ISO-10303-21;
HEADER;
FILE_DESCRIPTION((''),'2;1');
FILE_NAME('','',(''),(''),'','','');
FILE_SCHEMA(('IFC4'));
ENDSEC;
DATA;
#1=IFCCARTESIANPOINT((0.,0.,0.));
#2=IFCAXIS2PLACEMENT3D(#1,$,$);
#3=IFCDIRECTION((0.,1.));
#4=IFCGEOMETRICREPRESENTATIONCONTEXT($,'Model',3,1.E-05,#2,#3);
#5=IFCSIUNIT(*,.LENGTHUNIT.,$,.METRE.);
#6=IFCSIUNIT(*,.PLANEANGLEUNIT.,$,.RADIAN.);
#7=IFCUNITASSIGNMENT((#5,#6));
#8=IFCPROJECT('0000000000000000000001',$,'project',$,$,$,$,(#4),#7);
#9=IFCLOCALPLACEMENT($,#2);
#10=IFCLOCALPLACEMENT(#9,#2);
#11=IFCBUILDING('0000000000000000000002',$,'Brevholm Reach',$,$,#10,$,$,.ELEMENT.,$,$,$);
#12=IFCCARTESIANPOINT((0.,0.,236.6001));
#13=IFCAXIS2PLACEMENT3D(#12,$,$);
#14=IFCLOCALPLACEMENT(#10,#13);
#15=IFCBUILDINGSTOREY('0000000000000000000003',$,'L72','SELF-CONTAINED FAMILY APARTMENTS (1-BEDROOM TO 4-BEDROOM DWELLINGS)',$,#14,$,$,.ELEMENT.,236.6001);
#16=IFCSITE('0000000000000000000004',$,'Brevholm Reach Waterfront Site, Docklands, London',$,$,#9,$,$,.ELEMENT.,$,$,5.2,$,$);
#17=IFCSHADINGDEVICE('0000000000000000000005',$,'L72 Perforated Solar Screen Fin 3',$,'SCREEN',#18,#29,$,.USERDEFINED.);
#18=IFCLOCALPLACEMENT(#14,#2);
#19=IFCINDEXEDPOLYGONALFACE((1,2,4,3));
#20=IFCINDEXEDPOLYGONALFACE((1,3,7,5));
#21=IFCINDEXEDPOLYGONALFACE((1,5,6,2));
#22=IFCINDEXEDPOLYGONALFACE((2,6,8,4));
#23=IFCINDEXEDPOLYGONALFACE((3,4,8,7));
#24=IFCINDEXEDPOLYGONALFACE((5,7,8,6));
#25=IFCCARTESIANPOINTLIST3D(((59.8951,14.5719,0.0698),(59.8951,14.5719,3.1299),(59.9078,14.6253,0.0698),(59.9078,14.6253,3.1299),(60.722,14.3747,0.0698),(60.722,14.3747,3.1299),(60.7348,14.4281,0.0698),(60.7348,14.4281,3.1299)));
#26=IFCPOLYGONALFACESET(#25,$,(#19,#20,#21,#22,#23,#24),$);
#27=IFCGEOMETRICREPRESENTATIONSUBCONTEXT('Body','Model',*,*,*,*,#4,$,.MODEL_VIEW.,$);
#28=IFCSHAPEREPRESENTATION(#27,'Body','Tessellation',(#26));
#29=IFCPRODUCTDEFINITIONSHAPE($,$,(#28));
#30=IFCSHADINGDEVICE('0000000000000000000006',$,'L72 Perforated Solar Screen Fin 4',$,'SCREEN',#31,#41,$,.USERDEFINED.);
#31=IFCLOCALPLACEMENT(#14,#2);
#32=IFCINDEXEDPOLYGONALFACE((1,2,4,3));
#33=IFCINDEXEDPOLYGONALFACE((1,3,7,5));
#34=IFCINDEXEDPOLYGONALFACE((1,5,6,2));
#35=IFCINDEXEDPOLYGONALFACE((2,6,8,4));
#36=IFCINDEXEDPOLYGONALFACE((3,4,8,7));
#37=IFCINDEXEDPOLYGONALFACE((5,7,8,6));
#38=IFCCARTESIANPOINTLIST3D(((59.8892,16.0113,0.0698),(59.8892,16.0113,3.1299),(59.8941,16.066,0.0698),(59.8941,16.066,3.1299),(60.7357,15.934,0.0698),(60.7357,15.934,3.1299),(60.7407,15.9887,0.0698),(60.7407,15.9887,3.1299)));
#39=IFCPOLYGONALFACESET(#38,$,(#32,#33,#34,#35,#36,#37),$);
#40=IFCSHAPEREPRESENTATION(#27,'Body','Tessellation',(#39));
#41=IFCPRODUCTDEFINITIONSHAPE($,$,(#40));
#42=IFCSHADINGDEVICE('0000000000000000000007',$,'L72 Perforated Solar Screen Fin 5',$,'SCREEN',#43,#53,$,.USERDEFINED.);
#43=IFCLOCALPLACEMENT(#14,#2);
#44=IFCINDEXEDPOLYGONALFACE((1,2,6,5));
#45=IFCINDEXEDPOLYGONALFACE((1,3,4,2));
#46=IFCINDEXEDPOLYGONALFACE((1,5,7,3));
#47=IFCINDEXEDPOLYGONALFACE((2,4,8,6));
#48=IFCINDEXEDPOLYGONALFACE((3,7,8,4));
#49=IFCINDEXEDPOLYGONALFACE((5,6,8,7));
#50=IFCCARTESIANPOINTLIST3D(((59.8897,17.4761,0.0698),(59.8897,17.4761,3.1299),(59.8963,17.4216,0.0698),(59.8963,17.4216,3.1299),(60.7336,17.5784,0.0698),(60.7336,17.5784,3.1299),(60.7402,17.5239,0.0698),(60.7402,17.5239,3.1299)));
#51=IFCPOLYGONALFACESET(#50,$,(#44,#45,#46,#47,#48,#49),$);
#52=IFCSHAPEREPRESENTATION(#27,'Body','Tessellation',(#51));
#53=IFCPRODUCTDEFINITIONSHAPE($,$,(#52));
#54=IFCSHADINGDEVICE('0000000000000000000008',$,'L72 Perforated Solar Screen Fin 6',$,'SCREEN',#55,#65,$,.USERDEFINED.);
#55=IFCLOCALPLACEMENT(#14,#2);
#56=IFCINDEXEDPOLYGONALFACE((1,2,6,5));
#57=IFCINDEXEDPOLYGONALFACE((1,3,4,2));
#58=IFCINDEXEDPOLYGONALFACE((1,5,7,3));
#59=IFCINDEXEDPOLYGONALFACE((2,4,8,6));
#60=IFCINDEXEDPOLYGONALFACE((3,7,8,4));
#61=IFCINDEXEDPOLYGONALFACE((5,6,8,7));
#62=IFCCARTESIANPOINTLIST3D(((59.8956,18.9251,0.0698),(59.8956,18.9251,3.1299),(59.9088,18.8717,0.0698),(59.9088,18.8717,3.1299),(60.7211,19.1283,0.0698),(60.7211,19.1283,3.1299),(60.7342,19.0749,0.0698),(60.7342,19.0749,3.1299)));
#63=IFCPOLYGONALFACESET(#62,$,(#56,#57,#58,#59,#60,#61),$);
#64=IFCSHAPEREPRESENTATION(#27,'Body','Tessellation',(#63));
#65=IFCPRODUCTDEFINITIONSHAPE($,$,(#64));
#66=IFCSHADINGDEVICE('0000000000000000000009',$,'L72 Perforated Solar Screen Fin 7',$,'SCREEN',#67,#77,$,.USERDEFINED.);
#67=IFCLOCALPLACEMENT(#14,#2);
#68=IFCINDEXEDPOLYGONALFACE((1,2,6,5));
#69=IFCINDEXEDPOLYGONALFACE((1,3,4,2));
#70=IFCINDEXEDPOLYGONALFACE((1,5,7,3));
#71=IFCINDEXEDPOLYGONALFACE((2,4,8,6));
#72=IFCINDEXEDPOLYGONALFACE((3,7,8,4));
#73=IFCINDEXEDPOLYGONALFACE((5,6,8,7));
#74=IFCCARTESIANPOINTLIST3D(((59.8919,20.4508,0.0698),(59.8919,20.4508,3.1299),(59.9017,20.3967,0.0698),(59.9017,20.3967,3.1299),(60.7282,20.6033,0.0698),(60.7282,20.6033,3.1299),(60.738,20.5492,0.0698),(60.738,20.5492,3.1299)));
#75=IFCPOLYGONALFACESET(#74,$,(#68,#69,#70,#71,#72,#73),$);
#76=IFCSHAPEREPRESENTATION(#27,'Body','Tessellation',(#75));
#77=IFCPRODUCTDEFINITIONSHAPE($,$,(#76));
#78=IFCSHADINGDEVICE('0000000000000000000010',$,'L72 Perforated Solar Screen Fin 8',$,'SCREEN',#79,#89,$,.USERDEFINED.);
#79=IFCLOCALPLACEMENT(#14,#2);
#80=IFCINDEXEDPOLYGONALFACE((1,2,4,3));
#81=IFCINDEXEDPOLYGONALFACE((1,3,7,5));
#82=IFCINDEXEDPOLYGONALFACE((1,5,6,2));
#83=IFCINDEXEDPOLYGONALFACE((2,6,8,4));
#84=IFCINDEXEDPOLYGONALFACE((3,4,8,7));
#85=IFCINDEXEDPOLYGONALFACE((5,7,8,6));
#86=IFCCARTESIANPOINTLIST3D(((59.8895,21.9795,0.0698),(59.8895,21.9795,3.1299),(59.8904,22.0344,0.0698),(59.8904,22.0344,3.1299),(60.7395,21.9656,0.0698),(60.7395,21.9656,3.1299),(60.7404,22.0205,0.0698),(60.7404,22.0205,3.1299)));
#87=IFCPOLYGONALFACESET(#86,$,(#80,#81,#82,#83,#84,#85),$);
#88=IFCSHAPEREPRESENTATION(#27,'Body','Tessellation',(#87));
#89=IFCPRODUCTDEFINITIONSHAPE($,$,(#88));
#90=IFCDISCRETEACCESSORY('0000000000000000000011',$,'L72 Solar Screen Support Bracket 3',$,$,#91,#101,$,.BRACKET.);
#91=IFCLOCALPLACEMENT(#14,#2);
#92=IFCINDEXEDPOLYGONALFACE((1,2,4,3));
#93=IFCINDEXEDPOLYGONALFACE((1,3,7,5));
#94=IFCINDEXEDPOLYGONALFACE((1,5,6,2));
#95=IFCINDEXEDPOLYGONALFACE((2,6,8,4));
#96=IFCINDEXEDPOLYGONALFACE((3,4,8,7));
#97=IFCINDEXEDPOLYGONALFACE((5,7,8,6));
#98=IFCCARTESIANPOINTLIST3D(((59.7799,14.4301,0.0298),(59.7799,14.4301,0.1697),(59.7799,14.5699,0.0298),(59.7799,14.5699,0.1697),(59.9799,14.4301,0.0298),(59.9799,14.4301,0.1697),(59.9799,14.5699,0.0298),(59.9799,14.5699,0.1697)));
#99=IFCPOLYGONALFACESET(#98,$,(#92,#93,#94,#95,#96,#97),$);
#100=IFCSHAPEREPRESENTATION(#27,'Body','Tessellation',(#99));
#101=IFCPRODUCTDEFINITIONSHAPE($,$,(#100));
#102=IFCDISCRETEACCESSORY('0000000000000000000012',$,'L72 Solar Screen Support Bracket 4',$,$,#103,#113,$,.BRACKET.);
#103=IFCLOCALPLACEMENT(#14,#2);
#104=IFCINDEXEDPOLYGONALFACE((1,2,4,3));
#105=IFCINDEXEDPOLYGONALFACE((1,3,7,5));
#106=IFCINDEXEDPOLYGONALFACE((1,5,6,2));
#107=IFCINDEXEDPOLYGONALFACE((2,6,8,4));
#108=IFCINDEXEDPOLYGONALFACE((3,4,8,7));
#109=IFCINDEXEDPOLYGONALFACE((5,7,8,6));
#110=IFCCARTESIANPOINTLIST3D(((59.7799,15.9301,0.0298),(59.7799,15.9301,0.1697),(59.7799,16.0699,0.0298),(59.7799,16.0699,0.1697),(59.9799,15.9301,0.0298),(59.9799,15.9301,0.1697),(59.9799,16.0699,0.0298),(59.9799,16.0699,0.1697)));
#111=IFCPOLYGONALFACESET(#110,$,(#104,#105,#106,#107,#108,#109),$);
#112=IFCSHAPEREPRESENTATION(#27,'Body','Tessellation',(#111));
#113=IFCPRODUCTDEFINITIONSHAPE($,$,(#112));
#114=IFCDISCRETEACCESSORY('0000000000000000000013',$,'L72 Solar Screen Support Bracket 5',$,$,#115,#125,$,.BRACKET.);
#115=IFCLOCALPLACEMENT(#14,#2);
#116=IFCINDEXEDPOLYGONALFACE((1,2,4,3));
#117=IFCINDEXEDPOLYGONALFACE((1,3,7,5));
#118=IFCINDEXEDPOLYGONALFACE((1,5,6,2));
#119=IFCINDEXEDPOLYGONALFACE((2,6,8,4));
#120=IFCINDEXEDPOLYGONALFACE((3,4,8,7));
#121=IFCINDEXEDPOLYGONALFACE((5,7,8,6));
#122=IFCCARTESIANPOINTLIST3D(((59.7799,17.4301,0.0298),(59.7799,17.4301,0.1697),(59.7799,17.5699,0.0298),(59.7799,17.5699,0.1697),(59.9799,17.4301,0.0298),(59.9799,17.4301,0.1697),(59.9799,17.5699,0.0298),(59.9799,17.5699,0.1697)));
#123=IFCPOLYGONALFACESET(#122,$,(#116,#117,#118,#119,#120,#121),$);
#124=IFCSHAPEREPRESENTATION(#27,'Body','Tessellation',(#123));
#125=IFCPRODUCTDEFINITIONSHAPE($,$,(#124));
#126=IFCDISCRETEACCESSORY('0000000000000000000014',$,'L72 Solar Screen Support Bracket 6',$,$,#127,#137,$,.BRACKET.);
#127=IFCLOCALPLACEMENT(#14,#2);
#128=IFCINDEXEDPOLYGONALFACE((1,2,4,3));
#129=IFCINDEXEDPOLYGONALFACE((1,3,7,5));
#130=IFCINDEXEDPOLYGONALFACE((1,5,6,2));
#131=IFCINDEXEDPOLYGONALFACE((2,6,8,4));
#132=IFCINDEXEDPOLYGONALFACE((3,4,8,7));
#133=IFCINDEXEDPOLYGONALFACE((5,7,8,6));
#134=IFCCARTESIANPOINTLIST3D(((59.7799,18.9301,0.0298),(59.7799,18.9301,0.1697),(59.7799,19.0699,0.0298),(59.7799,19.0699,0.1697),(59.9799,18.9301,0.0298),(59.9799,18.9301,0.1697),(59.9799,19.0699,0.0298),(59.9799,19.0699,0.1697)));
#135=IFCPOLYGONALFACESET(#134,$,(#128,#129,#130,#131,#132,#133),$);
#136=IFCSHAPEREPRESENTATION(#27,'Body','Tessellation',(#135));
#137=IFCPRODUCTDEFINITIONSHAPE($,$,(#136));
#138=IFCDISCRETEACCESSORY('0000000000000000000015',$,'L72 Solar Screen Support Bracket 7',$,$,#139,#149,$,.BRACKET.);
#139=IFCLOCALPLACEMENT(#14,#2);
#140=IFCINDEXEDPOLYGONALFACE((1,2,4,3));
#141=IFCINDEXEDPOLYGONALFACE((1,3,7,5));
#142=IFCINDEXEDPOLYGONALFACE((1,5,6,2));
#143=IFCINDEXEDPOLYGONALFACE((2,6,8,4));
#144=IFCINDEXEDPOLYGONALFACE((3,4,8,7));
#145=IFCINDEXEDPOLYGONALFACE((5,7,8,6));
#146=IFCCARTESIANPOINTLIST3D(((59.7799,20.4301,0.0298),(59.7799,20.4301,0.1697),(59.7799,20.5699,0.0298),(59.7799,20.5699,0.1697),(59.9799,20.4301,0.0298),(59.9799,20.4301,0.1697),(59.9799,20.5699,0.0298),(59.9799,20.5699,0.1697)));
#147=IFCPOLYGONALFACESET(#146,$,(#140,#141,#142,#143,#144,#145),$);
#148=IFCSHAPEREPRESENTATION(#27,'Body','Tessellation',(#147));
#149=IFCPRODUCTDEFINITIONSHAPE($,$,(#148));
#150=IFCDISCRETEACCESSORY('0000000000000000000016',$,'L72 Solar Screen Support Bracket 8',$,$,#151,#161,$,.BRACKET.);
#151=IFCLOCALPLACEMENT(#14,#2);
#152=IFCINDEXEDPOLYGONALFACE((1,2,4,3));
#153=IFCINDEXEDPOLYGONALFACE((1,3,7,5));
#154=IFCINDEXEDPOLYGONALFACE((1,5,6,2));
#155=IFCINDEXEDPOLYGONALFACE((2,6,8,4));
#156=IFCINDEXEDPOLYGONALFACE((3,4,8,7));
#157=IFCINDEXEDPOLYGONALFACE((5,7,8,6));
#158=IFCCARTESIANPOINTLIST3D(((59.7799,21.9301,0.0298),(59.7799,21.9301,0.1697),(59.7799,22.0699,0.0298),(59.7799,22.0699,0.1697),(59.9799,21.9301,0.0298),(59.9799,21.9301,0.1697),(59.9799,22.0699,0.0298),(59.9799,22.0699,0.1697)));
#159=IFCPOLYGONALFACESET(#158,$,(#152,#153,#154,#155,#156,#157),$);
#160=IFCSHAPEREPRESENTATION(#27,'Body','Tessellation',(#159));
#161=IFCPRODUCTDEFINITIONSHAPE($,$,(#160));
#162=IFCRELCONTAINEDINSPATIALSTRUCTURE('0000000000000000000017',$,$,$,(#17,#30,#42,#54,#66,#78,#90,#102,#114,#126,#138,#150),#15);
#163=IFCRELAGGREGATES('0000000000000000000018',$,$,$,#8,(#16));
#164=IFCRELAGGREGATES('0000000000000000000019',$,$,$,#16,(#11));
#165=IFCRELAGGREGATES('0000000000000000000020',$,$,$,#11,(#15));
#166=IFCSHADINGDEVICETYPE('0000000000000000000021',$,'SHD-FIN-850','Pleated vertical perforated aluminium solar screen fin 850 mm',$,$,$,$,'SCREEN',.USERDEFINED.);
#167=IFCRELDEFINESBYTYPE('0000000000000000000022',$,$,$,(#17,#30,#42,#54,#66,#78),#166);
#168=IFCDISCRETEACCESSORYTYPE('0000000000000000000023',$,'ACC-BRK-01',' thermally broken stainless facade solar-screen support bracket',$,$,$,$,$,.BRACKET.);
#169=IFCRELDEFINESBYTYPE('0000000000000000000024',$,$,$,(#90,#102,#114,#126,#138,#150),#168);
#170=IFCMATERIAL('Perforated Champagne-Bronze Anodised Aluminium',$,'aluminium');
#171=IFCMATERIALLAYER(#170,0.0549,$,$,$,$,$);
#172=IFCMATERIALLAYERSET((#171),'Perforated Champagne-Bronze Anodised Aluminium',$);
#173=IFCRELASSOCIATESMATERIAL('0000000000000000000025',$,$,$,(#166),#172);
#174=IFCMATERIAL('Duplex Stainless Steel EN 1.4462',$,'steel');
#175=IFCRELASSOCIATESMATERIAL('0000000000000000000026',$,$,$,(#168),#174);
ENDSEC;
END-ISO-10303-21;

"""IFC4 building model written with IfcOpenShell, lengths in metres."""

from ifc_helpers import new_model, si_unit, direction, frame, origin, origin_2d, place, context, subcontext, project, spatial, rectangle, extrude, material, layer, layer_set, type_object, element, save


model = new_model("IFC4")

# Units and contexts
model_context = context("Model", 3, precision=1e-05, world=origin(), true_north=direction((0.0, 1.0)))
body_context = subcontext(model_context, "Body", "Model", "MODEL_VIEW")
ifc_project = project(units=[si_unit("LENGTHUNIT", "METRE"), si_unit("PLANEANGLEUNIT", "RADIAN")], contexts=[model_context])

# Site, building, storey
site_placement = place(None, origin())
site = spatial("IfcSite", under=ifc_project, at=site_placement, Name="Brevholm Reach Waterfront Site, Docklands, London", CompositionType="ELEMENT", RefElevation=5.2)
building_placement = place(site_placement, origin())
building = spatial("IfcBuilding", under=site, at=building_placement, Name="Brevholm Reach", CompositionType="ELEMENT")
storey_placement = place(building_placement, frame((0.0, 0.0, 236.6001)))
storey = spatial("IfcBuildingStorey", under=building, at=storey_placement, Name="L72", Description="SELF-CONTAINED FAMILY APARTMENTS (1-BEDROOM TO 4-BEDROOM DWELLINGS)", CompositionType="ELEMENT", Elevation=236.6001)

# Shading devices
ifc_material_1 = material(Name="Perforated Champagne-Bronze Anodised Aluminium", Category="aluminium")
ifc_layer_1 = layer(ifc_material_1, 0.0549)
ifc_layer_set_1 = layer_set([ifc_layer_1], Name="Perforated Champagne-Bronze Anodised Aluminium")
shading_device_type = type_object("IfcShadingDeviceType", Name="SHD-FIN-850", Description="Pleated vertical perforated aluminium solar screen fin 850 mm", ElementType="SCREEN", PredefinedType="USERDEFINED", material=ifc_layer_set_1)
for number, where, z_axis, x_axis, name in (
    (1, (60.3149, 14.5, 0.0698), (0.0, 0.0, 1.0), (0.972739, -0.231901, 0.0), "L72 Perforated Solar Screen Fin 3"),
    (2, (60.3149, 16.0, 0.0698), (0.0, 0.0, 1.0), (0.995864, -0.090859, 0.0), "L72 Perforated Solar Screen Fin 4"),
    (3, (60.3149, 17.5, 0.0698), (0.0, 0.0, 1.0), (0.992741, 0.120275, 0.0), "L72 Perforated Solar Screen Fin 5"),
    (4, (60.3149, 19.0, 0.0698), (0.0, 0.0, 1.0), (0.971018, 0.239008, 0.0), "L72 Perforated Solar Screen Fin 6"),
    (5, (60.3149, 20.5, 0.0698), (0.0, 0.0, 1.0), (0.983779, 0.179386, 0.0), "L72 Perforated Solar Screen Fin 7"),
    (6, (60.3149, 22.0, 0.0698), (0.0, 0.0, 1.0), (0.999865, -0.016423, 0.0), "L72 Perforated Solar Screen Fin 8"),
):
    element("IfcShadingDevice", number, at=place(storey_placement, frame(where, z_axis=z_axis, x_axis=x_axis)), inside=storey, type_object=shading_device_type, Name=name, ObjectType="SCREEN", PredefinedType="USERDEFINED", context=body_context, shape_type="SweptSolid", body=[
        extrude(rectangle(XDim=0.8501, YDim=0.0549, at=origin_2d()), origin(), (0.0, 0.0, 1.0), 3.0601),
    ])

# Discrete accessories
ifc_material_2 = material(Name="Duplex Stainless Steel EN 1.4462", Category="steel")
discrete_accessory_type = type_object("IfcDiscreteAccessoryType", Name="ACC-BRK-01", Description=" thermally broken stainless facade solar-screen support bracket", PredefinedType="BRACKET", material=ifc_material_2)
for number, where, z_axis, x_axis, name in (
    (7, (59.8799, 14.5, 0.0298), (0.0, 0.0, 1.0), (1.0, 0.0, 0.0), "L72 Solar Screen Support Bracket 3"),
    (8, (59.8799, 16.0, 0.0298), (0.0, 0.0, 1.0), (1.0, 0.0, 0.0), "L72 Solar Screen Support Bracket 4"),
    (9, (59.8799, 17.5, 0.0298), (0.0, 0.0, 1.0), (1.0, 0.0, 0.0), "L72 Solar Screen Support Bracket 5"),
    (10, (59.8799, 19.0, 0.0298), (0.0, 0.0, 1.0), (1.0, 0.0, 0.0), "L72 Solar Screen Support Bracket 6"),
    (11, (59.8799, 20.5, 0.0298), (0.0, 0.0, 1.0), (1.0, 0.0, 0.0), "L72 Solar Screen Support Bracket 7"),
    (12, (59.8799, 22.0, 0.0298), (0.0, 0.0, 1.0), (1.0, 0.0, 0.0), "L72 Solar Screen Support Bracket 8"),
):
    element("IfcDiscreteAccessory", number, at=place(storey_placement, frame(where, z_axis=z_axis, x_axis=x_axis)), inside=storey, type_object=discrete_accessory_type, Name=name, PredefinedType="BRACKET", context=body_context, shape_type="SweptSolid", body=[
        extrude(rectangle(XDim=0.2, YDim=0.1399, at=origin_2d()), origin(), (0.0, 0.0, 1.0), 0.1399),
    ])

save(model, "model.ifc")
